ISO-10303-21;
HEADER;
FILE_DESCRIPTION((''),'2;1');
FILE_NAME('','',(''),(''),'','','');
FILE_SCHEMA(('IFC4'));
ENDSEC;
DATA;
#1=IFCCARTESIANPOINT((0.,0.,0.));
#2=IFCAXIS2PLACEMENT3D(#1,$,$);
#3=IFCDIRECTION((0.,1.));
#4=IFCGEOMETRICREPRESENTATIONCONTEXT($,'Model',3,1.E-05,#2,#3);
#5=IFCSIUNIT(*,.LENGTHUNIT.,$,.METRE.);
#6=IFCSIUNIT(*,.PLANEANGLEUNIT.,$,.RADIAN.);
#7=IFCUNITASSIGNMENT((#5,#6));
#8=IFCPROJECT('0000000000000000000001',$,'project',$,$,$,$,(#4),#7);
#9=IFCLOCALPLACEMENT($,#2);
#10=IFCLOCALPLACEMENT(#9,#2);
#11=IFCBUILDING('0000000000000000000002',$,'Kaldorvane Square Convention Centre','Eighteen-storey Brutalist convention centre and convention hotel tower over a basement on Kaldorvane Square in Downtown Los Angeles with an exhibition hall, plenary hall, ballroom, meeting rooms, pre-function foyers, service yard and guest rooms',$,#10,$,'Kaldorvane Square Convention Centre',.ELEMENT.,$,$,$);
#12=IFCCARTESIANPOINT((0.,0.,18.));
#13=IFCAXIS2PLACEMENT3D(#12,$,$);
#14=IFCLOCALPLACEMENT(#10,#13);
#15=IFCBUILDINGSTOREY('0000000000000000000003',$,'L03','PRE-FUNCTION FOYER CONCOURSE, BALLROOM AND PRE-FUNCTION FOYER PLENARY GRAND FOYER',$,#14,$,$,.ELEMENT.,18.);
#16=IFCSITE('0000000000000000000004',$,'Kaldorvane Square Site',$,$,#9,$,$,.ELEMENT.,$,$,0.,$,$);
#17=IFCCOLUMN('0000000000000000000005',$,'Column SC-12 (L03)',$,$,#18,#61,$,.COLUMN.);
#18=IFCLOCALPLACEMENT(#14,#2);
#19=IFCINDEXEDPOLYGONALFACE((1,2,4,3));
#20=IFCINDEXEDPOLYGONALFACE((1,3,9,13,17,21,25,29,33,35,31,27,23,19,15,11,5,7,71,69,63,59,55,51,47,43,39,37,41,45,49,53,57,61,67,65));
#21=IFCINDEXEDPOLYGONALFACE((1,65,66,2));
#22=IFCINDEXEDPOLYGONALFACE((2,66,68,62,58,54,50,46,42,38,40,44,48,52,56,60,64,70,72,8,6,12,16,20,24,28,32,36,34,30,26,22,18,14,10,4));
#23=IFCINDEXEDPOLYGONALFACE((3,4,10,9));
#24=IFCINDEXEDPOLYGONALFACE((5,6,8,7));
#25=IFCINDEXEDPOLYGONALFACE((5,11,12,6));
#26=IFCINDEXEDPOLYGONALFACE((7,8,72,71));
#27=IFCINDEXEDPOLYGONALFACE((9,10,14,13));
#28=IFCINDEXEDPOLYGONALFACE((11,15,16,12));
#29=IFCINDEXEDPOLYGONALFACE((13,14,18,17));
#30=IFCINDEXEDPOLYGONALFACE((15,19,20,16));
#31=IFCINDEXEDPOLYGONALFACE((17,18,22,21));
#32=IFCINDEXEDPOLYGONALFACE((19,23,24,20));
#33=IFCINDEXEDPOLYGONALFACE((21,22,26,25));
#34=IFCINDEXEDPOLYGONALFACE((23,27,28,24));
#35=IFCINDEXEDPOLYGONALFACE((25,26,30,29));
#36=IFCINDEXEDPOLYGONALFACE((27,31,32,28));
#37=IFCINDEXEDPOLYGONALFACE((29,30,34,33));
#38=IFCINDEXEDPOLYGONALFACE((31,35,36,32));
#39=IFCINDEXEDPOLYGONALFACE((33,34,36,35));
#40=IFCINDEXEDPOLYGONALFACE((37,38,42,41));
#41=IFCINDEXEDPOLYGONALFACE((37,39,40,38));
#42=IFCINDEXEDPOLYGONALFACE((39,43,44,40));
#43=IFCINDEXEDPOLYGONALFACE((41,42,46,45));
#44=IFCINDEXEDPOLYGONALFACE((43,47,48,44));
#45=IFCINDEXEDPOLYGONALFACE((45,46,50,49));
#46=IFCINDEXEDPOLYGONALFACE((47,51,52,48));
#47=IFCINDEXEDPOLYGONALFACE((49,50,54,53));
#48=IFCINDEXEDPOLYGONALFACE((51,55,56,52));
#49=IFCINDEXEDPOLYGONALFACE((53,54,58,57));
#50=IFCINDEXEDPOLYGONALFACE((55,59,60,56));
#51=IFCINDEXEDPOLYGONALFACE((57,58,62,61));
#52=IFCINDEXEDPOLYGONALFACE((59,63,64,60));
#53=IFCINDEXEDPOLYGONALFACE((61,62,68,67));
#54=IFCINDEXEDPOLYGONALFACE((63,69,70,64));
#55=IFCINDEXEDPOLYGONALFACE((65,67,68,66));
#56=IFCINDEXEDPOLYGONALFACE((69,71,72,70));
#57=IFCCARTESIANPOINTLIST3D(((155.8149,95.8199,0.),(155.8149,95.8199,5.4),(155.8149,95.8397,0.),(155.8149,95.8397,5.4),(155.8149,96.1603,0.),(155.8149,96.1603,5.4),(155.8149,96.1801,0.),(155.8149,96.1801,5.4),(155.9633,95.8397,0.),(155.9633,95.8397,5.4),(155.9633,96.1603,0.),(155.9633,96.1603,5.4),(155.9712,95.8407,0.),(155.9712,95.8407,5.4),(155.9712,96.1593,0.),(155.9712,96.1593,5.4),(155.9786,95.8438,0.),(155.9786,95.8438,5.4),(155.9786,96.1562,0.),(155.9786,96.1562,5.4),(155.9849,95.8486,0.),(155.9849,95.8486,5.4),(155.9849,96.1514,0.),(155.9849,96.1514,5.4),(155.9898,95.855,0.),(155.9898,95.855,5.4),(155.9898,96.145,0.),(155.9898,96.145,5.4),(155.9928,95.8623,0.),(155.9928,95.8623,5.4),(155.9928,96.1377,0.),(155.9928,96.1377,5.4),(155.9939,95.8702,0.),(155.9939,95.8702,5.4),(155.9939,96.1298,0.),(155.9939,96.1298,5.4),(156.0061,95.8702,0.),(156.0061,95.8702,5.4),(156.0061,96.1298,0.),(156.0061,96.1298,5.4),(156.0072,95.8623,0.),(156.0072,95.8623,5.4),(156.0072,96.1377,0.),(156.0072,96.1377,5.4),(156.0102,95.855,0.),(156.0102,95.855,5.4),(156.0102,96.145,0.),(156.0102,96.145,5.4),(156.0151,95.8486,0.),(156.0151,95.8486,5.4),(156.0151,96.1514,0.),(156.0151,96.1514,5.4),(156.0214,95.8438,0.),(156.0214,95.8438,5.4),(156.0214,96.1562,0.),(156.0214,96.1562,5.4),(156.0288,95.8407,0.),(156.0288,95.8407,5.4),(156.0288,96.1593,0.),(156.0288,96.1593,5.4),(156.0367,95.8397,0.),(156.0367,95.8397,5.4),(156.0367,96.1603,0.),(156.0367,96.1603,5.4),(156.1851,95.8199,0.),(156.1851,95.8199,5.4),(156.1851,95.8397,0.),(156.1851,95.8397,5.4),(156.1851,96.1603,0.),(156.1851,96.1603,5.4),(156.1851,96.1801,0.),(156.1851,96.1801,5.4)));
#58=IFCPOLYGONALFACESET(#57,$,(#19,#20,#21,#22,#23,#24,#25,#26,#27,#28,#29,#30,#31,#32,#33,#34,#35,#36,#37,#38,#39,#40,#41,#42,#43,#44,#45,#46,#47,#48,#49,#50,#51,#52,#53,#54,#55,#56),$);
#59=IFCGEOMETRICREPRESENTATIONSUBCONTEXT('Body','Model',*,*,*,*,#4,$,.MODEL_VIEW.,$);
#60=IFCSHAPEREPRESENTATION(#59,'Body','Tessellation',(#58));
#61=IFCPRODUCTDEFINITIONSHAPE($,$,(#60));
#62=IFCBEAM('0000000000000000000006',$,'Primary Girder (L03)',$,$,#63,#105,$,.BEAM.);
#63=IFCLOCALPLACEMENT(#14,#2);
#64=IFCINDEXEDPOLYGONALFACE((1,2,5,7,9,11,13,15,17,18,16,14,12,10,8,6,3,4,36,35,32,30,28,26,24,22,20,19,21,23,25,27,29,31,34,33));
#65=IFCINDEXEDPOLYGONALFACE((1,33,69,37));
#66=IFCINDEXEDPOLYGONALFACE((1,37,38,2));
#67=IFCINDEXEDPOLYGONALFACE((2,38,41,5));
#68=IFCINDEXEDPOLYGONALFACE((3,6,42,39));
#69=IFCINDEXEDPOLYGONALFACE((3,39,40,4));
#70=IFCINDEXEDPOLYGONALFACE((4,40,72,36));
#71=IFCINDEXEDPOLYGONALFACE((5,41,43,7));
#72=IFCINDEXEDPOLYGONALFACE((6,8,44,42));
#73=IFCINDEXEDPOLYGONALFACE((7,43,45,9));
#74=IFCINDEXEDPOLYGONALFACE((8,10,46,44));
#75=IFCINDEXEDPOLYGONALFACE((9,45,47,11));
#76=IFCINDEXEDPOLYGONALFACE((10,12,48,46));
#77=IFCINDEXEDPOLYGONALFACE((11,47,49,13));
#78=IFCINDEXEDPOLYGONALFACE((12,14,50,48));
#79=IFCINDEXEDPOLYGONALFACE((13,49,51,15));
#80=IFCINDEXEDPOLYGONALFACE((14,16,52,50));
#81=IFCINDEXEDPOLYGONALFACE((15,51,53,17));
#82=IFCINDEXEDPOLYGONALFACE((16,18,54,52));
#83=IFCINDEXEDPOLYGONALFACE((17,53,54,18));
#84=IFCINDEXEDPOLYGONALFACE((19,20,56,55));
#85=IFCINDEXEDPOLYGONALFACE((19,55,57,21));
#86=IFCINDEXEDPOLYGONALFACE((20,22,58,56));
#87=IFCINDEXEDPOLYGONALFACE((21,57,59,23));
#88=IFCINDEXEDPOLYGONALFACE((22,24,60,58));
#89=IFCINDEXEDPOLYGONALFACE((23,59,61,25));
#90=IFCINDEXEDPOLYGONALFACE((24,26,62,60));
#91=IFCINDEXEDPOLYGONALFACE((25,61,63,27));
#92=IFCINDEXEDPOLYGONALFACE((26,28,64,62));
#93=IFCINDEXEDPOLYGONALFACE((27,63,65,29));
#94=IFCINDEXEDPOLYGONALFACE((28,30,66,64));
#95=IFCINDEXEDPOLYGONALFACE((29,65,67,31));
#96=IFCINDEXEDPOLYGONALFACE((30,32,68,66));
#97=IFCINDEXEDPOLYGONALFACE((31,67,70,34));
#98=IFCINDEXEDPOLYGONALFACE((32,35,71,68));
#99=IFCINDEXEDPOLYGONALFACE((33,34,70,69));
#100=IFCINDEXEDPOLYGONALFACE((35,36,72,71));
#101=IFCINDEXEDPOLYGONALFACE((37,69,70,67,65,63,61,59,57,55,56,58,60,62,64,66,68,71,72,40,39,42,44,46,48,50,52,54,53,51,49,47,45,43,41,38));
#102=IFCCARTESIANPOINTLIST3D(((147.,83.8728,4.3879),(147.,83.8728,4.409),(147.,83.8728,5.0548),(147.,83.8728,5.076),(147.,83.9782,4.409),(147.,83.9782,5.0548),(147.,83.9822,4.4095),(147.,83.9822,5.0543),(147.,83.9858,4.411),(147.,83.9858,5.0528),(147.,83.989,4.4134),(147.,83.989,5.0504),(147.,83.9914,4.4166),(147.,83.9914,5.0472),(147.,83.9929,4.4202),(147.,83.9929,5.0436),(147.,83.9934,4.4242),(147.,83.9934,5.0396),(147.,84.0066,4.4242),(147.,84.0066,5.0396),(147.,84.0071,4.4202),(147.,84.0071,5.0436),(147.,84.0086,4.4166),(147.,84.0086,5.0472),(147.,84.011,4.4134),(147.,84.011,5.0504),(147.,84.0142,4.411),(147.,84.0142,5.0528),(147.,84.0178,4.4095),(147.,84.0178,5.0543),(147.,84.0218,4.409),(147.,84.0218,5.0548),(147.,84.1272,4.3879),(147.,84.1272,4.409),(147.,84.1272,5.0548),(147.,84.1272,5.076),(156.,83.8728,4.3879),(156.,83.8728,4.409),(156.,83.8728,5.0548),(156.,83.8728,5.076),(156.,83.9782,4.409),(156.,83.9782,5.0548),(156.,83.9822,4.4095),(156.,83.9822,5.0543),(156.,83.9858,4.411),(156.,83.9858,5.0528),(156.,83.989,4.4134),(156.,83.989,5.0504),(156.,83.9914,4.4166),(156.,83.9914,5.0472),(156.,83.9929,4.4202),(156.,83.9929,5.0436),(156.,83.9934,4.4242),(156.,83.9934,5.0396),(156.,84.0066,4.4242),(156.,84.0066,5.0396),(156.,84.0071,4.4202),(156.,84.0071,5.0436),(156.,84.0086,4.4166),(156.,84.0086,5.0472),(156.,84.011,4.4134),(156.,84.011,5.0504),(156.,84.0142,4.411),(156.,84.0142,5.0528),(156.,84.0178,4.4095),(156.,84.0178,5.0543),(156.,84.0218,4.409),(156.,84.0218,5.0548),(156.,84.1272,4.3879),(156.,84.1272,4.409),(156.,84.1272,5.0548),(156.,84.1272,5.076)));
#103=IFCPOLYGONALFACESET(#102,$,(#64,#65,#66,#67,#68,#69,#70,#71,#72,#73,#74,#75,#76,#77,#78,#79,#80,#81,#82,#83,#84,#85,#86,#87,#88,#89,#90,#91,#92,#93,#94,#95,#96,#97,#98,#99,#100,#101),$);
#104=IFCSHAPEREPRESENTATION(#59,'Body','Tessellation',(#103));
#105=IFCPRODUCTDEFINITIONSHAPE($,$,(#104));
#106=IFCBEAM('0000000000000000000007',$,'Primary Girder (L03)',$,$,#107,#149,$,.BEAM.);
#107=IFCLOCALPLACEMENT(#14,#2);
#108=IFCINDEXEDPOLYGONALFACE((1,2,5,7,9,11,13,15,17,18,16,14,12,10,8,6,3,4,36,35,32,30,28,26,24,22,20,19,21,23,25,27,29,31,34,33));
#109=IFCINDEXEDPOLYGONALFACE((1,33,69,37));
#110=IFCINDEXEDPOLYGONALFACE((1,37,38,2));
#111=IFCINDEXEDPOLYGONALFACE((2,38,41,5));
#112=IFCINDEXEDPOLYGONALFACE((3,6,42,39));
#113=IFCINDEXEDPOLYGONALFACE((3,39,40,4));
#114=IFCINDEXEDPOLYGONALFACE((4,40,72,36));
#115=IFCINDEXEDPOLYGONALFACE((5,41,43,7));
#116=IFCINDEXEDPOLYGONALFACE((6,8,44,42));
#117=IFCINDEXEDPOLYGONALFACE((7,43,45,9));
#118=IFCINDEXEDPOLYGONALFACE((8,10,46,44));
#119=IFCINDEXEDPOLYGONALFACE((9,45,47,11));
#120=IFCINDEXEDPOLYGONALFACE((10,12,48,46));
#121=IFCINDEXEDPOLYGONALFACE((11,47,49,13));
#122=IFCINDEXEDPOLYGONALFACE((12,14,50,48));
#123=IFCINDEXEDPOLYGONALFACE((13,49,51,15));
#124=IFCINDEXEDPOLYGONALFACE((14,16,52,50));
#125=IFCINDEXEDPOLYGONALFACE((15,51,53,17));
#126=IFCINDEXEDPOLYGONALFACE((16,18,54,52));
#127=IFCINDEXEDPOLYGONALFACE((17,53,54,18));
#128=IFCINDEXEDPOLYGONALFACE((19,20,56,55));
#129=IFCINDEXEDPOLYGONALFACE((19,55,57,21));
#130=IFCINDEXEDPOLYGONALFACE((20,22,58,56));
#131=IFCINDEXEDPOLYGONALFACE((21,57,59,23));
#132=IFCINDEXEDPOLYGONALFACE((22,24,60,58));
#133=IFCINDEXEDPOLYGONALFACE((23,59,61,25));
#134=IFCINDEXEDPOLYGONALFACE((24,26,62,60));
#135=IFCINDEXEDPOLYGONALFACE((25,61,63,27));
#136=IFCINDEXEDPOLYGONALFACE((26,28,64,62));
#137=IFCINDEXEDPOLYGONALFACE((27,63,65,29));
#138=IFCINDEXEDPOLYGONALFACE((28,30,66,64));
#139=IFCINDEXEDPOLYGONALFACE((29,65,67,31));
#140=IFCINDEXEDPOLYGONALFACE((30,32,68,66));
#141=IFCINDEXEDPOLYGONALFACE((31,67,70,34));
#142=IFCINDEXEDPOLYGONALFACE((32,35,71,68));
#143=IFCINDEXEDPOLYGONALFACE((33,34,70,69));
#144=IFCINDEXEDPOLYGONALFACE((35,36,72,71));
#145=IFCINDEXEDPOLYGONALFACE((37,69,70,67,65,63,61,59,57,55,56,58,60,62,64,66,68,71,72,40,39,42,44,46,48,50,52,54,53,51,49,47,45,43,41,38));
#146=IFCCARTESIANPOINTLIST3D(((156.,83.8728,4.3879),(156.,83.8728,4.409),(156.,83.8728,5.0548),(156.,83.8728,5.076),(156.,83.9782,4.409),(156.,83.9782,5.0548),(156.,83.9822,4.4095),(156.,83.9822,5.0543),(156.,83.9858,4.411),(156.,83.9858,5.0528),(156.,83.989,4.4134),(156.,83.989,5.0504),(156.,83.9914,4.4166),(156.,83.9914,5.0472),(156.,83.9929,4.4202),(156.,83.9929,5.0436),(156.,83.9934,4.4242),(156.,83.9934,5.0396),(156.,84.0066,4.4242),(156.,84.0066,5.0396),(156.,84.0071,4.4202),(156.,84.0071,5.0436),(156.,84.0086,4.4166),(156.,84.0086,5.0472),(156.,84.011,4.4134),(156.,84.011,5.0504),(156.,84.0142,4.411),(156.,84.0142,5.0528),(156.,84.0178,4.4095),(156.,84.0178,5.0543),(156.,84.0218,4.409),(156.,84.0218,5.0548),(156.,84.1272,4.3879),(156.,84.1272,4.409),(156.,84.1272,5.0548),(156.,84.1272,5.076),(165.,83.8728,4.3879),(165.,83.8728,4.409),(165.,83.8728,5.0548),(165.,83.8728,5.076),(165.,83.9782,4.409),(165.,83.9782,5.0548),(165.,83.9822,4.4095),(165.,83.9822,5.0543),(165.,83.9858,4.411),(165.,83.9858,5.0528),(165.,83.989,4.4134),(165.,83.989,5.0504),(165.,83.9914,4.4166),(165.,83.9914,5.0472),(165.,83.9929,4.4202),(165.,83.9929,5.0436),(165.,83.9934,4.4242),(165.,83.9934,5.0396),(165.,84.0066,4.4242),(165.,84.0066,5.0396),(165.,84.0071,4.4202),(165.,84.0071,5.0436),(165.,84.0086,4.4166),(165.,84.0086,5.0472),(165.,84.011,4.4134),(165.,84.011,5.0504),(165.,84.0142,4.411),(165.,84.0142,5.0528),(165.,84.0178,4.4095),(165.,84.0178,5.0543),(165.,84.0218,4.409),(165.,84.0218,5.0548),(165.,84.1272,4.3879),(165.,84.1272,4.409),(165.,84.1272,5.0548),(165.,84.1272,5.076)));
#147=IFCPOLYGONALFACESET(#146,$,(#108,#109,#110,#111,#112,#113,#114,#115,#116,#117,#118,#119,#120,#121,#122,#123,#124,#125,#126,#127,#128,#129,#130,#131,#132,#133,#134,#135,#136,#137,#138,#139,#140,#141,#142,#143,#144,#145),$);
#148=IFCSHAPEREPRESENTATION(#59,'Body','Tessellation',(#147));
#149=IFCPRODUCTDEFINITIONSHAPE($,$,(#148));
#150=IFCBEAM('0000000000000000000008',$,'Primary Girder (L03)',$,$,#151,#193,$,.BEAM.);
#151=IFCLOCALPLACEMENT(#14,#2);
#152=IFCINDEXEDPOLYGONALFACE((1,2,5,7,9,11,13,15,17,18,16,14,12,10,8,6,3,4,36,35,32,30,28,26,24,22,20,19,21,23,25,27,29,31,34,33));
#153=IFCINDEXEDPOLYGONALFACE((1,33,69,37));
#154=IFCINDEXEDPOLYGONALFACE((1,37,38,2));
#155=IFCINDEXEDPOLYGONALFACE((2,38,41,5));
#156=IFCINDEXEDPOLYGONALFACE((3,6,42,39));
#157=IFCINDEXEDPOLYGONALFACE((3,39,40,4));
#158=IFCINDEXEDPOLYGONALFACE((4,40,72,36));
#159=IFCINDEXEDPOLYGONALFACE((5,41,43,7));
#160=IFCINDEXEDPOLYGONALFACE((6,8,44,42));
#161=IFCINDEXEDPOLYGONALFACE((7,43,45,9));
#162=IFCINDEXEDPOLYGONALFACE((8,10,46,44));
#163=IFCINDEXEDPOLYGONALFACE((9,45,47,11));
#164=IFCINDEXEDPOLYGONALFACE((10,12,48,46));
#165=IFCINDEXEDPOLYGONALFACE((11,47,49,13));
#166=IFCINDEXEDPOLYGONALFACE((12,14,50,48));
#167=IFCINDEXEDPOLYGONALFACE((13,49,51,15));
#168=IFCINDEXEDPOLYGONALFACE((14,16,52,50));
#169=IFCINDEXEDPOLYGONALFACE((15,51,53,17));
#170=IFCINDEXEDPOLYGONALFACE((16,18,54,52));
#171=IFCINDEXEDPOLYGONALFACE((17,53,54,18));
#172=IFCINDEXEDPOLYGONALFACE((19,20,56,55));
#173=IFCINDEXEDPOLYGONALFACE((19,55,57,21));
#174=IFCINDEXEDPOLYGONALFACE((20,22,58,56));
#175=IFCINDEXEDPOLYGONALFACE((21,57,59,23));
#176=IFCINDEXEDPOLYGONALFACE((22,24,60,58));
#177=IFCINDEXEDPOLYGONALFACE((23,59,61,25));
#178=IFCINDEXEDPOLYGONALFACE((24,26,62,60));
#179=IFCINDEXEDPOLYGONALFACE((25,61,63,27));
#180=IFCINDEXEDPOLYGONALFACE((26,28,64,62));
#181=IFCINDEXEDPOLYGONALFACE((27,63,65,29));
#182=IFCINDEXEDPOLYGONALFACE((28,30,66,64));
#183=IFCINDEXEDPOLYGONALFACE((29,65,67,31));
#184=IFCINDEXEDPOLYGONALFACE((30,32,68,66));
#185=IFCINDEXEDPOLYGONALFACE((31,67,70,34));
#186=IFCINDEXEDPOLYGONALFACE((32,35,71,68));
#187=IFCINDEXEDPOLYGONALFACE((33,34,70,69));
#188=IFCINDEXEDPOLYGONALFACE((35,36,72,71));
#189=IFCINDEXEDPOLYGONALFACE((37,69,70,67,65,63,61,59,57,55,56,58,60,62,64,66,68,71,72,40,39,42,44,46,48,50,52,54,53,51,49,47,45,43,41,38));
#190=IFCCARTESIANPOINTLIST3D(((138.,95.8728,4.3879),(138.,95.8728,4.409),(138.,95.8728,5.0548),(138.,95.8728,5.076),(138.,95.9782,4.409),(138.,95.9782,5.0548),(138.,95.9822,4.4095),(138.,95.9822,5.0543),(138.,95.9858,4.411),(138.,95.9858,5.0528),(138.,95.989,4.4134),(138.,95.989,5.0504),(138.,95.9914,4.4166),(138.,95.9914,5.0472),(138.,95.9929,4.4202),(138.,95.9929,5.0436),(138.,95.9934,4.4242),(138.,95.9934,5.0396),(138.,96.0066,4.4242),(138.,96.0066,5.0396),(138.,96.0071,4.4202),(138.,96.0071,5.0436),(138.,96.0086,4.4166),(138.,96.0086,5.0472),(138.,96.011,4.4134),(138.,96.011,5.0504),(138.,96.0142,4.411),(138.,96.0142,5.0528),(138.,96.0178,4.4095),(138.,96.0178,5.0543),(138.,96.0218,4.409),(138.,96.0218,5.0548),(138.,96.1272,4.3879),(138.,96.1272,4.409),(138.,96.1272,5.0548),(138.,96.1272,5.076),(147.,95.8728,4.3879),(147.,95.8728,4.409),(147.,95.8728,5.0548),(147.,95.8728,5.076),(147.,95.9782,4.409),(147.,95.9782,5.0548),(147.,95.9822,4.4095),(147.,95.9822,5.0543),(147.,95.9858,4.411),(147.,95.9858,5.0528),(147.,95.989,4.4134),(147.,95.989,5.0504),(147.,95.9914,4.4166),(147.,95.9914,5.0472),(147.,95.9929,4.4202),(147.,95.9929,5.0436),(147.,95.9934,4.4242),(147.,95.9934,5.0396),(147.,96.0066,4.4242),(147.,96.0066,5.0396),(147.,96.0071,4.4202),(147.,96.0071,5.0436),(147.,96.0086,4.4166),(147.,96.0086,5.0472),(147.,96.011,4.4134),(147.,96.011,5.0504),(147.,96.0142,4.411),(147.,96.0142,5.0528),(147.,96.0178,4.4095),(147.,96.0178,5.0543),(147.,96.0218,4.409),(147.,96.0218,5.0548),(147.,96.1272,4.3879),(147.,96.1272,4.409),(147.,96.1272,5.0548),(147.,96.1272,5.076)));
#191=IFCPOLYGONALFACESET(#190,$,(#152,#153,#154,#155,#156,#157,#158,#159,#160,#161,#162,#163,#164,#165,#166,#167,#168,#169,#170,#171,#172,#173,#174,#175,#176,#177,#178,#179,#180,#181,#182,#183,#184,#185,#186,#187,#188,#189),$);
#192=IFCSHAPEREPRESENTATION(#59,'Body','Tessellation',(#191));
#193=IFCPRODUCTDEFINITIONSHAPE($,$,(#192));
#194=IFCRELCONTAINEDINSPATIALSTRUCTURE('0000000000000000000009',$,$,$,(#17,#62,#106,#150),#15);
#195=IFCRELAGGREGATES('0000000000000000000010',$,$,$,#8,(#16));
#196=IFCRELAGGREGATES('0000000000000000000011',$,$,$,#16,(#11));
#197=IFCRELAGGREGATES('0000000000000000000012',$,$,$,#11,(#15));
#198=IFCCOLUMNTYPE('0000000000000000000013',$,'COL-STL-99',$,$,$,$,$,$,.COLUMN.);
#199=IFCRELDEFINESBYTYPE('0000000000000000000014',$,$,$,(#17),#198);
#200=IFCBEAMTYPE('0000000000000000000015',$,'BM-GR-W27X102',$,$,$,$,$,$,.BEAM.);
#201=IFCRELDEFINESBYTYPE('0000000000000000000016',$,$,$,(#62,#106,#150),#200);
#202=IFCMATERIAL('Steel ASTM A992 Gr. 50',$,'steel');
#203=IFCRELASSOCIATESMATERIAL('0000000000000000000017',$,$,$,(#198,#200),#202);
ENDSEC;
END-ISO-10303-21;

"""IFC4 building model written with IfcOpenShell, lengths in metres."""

from ifc_helpers import new_model, si_unit, direction, frame, origin, origin_2d, place, context, subcontext, project, spatial, i_section, extrude, material, material_profile, profile_set, type_object, element, save


model = new_model("IFC4")

# Units and contexts
model_context = context("Model", 3, precision=1e-05, world=origin(), true_north=direction((0.0, 1.0)))
body_context = subcontext(model_context, "Body", "Model", "MODEL_VIEW")
ifc_project = project(units=[si_unit("LENGTHUNIT", "METRE"), si_unit("PLANEANGLEUNIT", "RADIAN")], contexts=[model_context])

# Site, building, storey
site_placement = place(None, origin())
site = spatial("IfcSite", under=ifc_project, at=site_placement, Name="Kaldorvane Square Site", CompositionType="ELEMENT", RefElevation=0.0)
building_placement = place(site_placement, origin())
building = spatial("IfcBuilding", under=site, at=building_placement, Name="Kaldorvane Square Convention Centre", Description="Eighteen-storey Brutalist convention centre and convention hotel tower over a basement on Kaldorvane Square in Downtown Los Angeles with an exhibition hall, plenary hall, ballroom, meeting rooms, pre-function foyers, service yard and guest rooms", LongName="Kaldorvane Square Convention Centre", CompositionType="ELEMENT")
storey_placement = place(building_placement, frame((0.0, 0.0, 18.0)))
storey = spatial("IfcBuildingStorey", under=building, at=storey_placement, Name="L03", Description="PRE-FUNCTION FOYER CONCOURSE, BALLROOM AND PRE-FUNCTION FOYER PLENARY GRAND FOYER", CompositionType="ELEMENT", Elevation=18.0)

# Column
ifc_material_1 = material(Name="Steel ASTM A992 Gr. 50", Category="steel")
ifc_material_profile_1 = material_profile(ifc_material_1, i_section(OverallWidth=0.3701, OverallDepth=0.3602, WebThickness=0.0123, FlangeThickness=0.0198, FilletRadius=0.0305, at=origin_2d()), Name="W14X99")
ifc_profile_set_1 = profile_set([ifc_material_profile_1], Name="Steel ASTM A992 Gr. 50")
column_type = type_object("IfcColumnType", Name="COL-STL-99", PredefinedType="COLUMN", material=ifc_profile_set_1)
for number, where, z_axis, x_axis, name in (
    (1, (156.0, 96.0, 0.0), (0.0, 0.0, 1.0), (1.0, 0.0, 0.0), "Column SC-12 (L03)"),
):
    element("IfcColumn", number, at=place(storey_placement, frame(where, z_axis=z_axis, x_axis=x_axis)), inside=storey, type_object=column_type, Name=name, PredefinedType="COLUMN", context=body_context, shape_type="SweptSolid", body=[
        extrude(i_section(OverallWidth=0.3701, OverallDepth=0.3602, WebThickness=0.0123, FlangeThickness=0.0198, FilletRadius=0.0305, at=origin_2d()), origin(), (0.0, 0.0, 1.0), 5.4),
    ])

# Beams
ifc_material_profile_2 = material_profile(ifc_material_1, i_section(OverallWidth=0.2544, OverallDepth=0.6881, WebThickness=0.0131, FlangeThickness=0.0211, FilletRadius=0.0152, at=origin_2d()), Name="W27X102")
ifc_profile_set_2 = profile_set([ifc_material_profile_2], Name="Steel ASTM A992 Gr. 50")
beam_type_1 = type_object("IfcBeamType", Name="BM-GR-W27X102", PredefinedType="BEAM", material=ifc_profile_set_2)
for number, where, z_axis, x_axis, name in (
    (2, (147.0, 84.0, 4.7319), (1.0, 0.0, 0.0), (0.0, 1.0, 0.0), "Primary Girder (L03)"),
    (3, (156.0, 84.0, 4.7319), (1.0, 0.0, 0.0), (0.0, 1.0, 0.0), "Primary Girder (L03)"),
    (4, (138.0, 96.0, 4.7319), (1.0, 0.0, 0.0), (0.0, 1.0, 0.0), "Primary Girder (L03)"),
):
    element("IfcBeam", number, at=place(storey_placement, frame(where, z_axis=z_axis, x_axis=x_axis)), inside=storey, type_object=beam_type_1, Name=name, PredefinedType="BEAM", context=body_context, shape_type="SweptSolid", body=[
        extrude(i_section(OverallWidth=0.2544, OverallDepth=0.6881, WebThickness=0.0131, FlangeThickness=0.0211, FilletRadius=0.0152, at=origin_2d()), origin(), (0.0, 0.0, 1.0), 9.0),
    ])

save(model, "model.ifc")
